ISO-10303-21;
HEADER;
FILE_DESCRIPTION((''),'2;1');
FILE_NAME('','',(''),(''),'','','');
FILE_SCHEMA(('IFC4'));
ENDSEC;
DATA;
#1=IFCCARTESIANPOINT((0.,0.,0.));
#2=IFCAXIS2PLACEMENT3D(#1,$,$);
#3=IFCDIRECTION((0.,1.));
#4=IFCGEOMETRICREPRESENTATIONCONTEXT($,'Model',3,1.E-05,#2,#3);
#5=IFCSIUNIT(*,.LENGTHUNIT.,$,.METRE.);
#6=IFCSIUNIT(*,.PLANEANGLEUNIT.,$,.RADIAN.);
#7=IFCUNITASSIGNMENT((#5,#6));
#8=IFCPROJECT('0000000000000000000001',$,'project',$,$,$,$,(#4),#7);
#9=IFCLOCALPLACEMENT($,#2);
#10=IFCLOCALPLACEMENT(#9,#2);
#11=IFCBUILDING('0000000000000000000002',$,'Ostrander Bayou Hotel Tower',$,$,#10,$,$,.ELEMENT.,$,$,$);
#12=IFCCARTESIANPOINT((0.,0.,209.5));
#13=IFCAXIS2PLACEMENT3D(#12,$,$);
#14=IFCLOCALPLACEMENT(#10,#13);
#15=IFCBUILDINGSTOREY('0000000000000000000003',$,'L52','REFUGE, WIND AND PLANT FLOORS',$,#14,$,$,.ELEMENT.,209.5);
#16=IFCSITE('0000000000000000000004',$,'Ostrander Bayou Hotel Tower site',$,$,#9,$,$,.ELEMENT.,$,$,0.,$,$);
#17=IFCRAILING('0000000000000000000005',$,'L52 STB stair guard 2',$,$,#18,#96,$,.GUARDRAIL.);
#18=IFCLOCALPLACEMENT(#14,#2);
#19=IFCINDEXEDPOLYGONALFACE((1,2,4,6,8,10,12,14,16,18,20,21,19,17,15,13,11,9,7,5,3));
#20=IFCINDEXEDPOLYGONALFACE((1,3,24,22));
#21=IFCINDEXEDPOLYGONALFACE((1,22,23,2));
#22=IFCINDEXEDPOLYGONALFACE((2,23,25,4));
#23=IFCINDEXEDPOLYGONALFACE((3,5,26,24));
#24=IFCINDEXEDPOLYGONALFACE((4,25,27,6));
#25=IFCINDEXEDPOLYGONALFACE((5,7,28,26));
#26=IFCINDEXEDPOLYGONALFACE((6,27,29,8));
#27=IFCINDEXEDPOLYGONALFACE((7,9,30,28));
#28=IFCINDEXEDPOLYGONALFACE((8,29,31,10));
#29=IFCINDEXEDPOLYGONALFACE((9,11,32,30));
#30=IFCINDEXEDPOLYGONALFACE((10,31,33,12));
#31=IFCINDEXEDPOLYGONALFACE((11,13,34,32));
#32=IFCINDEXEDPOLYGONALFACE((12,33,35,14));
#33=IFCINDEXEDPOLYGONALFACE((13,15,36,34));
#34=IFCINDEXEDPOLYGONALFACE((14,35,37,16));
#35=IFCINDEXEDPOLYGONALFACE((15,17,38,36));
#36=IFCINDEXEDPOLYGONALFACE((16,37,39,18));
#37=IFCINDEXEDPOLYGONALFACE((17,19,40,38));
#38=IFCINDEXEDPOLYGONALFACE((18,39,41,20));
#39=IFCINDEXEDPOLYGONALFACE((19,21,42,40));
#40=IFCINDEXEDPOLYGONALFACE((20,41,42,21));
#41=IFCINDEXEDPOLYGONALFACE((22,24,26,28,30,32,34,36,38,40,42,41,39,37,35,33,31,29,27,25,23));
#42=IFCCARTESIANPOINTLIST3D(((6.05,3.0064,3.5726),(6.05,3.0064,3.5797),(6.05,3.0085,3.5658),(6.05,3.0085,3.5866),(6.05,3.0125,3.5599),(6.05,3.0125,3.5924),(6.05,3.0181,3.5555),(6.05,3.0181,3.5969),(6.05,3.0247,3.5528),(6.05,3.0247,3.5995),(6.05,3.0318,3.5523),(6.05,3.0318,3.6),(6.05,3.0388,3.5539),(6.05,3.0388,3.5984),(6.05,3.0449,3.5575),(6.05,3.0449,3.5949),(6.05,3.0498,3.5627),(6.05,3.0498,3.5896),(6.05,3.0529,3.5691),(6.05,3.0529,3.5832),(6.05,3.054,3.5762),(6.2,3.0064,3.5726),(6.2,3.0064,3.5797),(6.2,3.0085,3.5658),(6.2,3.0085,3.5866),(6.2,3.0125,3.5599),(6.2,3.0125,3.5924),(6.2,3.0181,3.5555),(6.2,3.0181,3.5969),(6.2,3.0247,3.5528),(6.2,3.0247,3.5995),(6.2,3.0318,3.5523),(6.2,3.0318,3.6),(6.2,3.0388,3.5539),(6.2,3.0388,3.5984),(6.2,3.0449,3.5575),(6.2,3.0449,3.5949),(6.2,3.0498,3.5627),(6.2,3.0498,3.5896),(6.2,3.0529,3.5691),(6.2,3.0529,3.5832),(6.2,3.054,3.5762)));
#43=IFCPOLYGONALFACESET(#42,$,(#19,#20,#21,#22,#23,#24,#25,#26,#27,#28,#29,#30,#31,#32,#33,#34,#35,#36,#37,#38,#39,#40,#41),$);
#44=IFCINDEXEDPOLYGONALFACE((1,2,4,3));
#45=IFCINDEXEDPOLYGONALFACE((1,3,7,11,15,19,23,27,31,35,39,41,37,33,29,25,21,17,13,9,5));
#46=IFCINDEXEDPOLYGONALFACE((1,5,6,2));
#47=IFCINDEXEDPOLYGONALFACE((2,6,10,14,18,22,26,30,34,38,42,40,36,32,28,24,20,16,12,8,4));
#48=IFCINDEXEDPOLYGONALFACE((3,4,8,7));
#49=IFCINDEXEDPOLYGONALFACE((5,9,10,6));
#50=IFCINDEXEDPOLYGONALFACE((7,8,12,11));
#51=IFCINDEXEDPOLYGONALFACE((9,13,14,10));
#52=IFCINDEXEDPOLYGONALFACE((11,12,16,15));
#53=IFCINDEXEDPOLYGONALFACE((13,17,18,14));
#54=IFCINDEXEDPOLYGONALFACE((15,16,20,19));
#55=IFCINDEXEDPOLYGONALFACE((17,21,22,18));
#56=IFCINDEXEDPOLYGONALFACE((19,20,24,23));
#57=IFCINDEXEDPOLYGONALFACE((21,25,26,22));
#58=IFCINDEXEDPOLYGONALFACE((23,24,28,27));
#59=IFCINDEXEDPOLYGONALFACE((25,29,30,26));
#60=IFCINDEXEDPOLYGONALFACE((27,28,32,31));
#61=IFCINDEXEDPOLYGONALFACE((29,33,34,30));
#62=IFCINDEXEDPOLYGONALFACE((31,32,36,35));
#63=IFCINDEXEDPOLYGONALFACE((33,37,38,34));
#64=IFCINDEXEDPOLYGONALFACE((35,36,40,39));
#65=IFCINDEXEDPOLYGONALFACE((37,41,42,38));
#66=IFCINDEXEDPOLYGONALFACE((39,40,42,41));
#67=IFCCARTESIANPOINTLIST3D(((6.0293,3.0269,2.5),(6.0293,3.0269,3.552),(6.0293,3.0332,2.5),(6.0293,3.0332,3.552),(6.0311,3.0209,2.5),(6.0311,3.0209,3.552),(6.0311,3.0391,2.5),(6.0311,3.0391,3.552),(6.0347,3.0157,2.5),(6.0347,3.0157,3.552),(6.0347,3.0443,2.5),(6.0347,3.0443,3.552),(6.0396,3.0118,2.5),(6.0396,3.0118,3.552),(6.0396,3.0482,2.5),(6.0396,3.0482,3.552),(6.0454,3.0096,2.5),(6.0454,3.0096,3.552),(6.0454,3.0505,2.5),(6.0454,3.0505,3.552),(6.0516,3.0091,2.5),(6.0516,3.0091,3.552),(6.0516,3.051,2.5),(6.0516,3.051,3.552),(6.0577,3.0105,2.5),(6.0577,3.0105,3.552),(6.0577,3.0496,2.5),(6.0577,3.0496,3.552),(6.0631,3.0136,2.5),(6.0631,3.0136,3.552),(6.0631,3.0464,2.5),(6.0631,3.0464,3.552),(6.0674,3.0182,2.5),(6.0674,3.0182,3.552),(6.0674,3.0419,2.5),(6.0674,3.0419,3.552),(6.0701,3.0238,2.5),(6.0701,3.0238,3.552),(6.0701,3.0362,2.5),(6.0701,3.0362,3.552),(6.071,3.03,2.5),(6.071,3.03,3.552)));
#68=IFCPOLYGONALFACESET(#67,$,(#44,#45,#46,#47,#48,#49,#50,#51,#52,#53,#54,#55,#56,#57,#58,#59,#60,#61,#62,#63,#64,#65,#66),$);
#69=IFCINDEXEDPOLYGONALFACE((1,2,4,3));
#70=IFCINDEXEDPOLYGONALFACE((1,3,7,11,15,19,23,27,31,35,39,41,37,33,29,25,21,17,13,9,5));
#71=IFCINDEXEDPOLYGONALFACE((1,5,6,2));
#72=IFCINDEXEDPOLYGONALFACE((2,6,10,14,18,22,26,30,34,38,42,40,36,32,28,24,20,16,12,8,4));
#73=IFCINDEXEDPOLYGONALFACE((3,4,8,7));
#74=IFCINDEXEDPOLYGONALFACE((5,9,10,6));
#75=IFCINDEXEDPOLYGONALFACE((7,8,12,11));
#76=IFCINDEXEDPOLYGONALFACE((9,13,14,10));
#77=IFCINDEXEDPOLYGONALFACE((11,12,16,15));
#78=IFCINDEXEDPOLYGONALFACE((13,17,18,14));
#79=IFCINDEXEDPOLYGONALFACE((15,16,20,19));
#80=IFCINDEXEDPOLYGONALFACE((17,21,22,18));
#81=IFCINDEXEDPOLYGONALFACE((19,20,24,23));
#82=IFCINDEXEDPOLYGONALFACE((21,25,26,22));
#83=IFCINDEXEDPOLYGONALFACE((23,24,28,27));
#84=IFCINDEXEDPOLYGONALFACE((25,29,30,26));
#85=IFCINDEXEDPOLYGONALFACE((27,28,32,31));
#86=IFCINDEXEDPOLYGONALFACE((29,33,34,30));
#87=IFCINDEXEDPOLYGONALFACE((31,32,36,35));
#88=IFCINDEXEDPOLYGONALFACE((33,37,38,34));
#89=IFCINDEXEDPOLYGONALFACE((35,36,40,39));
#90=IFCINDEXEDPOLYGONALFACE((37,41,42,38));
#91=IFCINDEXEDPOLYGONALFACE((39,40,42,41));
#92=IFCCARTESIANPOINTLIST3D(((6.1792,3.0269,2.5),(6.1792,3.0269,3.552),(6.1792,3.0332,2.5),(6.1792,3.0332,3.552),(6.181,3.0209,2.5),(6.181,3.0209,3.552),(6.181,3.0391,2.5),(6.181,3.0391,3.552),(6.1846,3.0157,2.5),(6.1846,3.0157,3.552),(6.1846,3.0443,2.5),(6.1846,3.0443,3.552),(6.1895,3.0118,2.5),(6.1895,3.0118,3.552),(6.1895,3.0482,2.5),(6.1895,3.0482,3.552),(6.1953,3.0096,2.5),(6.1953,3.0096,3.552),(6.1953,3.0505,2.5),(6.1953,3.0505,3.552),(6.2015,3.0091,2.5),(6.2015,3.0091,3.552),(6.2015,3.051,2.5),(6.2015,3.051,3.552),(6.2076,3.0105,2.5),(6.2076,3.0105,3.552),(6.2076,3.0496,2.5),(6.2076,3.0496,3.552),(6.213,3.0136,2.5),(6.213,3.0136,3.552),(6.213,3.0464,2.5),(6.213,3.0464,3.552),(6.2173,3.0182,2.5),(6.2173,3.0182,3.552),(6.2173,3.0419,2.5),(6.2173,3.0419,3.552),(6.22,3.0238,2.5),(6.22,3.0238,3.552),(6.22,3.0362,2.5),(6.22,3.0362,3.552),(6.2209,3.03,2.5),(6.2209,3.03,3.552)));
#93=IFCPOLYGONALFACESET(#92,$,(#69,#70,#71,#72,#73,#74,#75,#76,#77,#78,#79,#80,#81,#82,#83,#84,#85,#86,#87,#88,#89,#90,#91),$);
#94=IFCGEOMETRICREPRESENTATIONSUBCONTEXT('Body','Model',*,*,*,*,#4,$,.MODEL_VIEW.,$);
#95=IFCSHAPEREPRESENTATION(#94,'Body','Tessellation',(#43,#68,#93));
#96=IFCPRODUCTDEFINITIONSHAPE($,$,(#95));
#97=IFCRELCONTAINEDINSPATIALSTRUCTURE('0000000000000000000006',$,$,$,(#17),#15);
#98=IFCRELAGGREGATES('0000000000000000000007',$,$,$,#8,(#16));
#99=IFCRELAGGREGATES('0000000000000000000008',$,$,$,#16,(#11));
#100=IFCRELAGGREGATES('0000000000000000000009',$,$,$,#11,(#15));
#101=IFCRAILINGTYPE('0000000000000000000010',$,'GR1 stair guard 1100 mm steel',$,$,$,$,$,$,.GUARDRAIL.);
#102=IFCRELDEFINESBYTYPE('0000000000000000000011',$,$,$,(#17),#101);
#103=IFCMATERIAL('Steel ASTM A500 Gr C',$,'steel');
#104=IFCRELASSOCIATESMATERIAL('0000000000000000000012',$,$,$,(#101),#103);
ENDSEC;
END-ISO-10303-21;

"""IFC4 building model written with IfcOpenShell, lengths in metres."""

from ifc_helpers import new_model, si_unit, direction, frame, origin, origin_2d, place, context, subcontext, project, spatial, circle, extrude, material, type_object, element, save


model = new_model("IFC4")

# Units and contexts
model_context = context("Model", 3, precision=1e-05, world=origin(), true_north=direction((0.0, 1.0)))
body_context = subcontext(model_context, "Body", "Model", "MODEL_VIEW")
ifc_project = project(units=[si_unit("LENGTHUNIT", "METRE"), si_unit("PLANEANGLEUNIT", "RADIAN")], contexts=[model_context])

# Site, building, storey
site_placement = place(None, origin())
site = spatial("IfcSite", under=ifc_project, at=site_placement, Name="Ostrander Bayou Hotel Tower site", CompositionType="ELEMENT", RefElevation=0.0)
building_placement = place(site_placement, origin())
building = spatial("IfcBuilding", under=site, at=building_placement, Name="Ostrander Bayou Hotel Tower", CompositionType="ELEMENT")
storey_placement = place(building_placement, frame((0.0, 0.0, 209.5)))
storey = spatial("IfcBuildingStorey", under=building, at=storey_placement, Name="L52", Description="REFUGE, WIND AND PLANT FLOORS", CompositionType="ELEMENT", Elevation=209.5)

# Railing
ifc_material_1 = material(Name="Steel ASTM A500 Gr C", Category="steel")
railing_type_1 = type_object("IfcRailingType", Name="GR1 stair guard 1100 mm steel", PredefinedType="GUARDRAIL", material=ifc_material_1)
railing_1_placement = place(storey_placement, frame((6.05, 3.03, 2.5)))
element("IfcRailing", 1, at=railing_1_placement, inside=storey, type_object=railing_type_1, Name="L52 STB stair guard 2", PredefinedType="GUARDRAIL", context=body_context, shape_type="SweptSolid", body=[
    extrude(circle(Radius=0.0239, at=origin_2d()), frame((0.0, 0.0, 1.0762), z_axis=(1.0, 0.0, 0.0), x_axis=(0.0, 1.0, 0.0)), (0.0, 0.0, 1.0), 0.1499),
    extrude(circle(Radius=0.021, at=origin_2d()), origin(), (0.0, 0.0, 1.0), 1.052),
    extrude(circle(Radius=0.021, at=origin_2d()), frame((0.1499, 0.0, 0.0)), (0.0, 0.0, 1.0), 1.052),
])

save(model, "model.ifc")
